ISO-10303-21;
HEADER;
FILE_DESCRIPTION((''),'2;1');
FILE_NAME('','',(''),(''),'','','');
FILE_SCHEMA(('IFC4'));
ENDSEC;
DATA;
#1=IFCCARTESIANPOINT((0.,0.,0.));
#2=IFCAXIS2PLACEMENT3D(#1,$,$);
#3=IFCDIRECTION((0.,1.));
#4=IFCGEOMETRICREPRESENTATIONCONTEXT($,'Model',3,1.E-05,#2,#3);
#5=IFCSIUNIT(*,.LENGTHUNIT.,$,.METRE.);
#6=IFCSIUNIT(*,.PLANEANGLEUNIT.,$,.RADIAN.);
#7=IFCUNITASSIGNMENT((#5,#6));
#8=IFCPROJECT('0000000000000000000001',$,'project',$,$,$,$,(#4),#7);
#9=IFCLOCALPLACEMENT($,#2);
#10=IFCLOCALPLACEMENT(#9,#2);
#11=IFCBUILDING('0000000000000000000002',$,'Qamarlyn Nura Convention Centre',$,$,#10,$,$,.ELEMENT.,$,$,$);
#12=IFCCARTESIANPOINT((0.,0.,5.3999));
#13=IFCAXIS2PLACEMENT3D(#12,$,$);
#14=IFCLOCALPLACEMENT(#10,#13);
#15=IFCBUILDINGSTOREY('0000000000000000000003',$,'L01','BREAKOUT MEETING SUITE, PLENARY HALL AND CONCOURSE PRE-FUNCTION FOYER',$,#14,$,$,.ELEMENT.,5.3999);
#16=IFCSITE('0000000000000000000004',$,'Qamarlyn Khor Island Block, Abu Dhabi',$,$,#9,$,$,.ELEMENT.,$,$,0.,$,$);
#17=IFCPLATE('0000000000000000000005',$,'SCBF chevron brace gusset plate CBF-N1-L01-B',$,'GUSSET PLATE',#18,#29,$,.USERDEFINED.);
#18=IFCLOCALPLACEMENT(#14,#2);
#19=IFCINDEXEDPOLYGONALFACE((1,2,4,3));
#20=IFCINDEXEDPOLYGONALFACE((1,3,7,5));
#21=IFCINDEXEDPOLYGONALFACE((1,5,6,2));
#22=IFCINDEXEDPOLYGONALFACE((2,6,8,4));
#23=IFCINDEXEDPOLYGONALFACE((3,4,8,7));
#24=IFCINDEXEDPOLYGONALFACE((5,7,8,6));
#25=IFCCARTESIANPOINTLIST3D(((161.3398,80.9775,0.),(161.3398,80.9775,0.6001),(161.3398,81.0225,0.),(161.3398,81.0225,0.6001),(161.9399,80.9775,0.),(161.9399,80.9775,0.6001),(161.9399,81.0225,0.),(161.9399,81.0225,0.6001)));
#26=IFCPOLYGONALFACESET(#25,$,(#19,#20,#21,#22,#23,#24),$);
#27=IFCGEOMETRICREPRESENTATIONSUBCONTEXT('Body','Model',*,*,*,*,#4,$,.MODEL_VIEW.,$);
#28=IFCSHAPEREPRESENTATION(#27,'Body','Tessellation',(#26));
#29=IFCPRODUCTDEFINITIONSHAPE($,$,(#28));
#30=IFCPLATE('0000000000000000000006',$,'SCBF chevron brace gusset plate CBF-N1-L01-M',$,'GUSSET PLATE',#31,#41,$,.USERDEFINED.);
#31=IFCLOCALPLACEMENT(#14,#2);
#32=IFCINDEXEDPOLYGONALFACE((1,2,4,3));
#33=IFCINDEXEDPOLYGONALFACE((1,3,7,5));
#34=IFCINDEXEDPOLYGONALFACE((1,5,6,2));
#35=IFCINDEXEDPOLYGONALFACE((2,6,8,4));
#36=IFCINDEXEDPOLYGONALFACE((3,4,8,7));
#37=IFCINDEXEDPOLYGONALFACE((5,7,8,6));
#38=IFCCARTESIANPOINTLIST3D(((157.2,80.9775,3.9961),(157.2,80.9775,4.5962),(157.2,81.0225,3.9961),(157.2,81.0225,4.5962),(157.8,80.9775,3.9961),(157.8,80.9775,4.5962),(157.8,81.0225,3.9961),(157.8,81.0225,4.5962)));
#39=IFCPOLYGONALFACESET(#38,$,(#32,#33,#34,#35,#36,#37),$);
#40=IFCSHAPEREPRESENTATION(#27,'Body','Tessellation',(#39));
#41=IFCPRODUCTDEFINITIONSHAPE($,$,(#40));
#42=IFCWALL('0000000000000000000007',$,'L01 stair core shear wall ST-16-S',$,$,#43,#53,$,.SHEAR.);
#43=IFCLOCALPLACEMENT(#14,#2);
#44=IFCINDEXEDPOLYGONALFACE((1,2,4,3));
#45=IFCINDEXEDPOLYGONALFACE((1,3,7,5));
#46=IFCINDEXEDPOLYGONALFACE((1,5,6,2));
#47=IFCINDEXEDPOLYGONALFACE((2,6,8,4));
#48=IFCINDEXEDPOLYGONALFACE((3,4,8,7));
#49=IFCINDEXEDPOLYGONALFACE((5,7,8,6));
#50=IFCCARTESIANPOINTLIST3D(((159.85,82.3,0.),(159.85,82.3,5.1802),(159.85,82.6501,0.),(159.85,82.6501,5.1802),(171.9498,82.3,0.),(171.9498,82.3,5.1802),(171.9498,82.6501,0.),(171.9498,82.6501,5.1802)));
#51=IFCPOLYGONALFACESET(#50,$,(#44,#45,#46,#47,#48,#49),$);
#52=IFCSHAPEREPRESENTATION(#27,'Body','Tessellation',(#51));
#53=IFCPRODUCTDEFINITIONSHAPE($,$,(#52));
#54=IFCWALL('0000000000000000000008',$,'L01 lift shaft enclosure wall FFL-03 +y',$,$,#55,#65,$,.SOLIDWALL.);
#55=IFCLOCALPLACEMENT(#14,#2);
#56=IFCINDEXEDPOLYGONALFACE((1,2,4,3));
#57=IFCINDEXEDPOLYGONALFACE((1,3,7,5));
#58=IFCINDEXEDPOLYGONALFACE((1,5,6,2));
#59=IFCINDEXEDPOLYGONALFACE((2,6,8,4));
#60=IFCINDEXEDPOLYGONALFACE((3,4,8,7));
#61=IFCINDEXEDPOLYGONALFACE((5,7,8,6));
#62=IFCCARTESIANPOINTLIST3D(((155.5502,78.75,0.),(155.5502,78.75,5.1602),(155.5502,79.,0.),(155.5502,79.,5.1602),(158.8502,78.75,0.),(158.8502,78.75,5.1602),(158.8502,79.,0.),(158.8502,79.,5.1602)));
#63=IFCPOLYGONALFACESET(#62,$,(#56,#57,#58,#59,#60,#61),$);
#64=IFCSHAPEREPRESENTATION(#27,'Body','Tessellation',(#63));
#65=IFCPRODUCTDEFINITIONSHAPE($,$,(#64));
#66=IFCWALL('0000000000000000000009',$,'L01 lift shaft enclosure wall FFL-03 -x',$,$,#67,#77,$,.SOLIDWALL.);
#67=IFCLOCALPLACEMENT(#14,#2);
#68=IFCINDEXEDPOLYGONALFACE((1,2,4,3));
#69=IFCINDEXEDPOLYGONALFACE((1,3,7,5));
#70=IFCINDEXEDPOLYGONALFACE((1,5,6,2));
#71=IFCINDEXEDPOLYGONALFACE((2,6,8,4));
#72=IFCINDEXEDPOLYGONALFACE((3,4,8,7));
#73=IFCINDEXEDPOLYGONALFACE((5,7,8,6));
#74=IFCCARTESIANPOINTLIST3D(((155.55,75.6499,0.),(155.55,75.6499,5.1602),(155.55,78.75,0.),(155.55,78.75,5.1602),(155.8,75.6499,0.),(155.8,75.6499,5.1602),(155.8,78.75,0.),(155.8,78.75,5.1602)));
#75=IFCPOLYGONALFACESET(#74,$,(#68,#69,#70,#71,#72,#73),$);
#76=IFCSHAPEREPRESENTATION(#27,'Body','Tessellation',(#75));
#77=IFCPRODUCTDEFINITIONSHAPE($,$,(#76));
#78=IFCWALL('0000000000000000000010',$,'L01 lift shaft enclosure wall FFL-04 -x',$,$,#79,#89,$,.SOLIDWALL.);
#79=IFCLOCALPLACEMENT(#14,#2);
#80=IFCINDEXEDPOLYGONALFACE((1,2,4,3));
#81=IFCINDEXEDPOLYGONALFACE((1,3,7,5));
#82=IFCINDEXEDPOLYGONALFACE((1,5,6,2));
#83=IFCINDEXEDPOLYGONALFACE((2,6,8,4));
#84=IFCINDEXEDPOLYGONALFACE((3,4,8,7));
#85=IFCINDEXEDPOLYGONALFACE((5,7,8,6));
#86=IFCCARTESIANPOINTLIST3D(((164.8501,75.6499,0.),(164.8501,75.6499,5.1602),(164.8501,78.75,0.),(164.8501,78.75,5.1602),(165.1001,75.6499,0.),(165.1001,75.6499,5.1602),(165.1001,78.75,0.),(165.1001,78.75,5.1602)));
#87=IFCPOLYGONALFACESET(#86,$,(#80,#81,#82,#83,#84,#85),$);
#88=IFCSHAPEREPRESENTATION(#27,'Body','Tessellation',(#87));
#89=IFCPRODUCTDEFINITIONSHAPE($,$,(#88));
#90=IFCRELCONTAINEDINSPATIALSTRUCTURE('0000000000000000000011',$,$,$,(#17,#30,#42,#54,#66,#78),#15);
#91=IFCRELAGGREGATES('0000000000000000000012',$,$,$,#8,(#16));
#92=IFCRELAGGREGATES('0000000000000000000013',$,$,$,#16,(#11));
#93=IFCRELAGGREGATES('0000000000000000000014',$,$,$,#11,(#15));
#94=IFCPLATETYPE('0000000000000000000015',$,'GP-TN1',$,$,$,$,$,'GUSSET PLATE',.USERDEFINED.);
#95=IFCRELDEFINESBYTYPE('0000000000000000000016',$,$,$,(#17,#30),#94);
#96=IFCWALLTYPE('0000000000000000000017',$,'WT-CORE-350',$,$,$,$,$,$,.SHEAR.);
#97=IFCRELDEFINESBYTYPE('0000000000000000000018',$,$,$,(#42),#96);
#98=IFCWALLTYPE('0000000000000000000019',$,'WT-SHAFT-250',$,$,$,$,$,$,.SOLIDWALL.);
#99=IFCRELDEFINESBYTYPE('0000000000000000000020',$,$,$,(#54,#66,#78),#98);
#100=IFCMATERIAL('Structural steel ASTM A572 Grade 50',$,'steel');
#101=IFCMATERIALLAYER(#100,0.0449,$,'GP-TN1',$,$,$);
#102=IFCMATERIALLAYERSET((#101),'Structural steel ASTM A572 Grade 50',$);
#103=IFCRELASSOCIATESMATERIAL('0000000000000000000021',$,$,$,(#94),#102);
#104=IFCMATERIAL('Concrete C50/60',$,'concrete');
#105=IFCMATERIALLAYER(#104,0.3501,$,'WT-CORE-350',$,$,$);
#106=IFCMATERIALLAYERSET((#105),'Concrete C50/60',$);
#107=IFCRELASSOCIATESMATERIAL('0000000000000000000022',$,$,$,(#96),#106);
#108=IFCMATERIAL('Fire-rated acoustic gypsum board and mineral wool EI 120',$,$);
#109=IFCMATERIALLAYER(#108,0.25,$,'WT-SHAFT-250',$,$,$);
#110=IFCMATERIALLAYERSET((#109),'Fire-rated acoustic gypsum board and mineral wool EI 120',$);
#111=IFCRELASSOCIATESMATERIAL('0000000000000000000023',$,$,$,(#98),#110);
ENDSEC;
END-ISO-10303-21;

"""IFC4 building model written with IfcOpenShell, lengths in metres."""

from ifc_helpers import new_model, si_unit, direction, frame, frame_2d, origin, origin_2d, place, context, subcontext, project, spatial, rectangle, extrude, material, layer, layer_set, type_object, element, save


model = new_model("IFC4")

# Units and contexts
model_context = context("Model", 3, precision=1e-05, world=origin(), true_north=direction((0.0, 1.0)))
body_context = subcontext(model_context, "Body", "Model", "MODEL_VIEW")
ifc_project = project(units=[si_unit("LENGTHUNIT", "METRE"), si_unit("PLANEANGLEUNIT", "RADIAN")], contexts=[model_context])

# Site, building, storey
site_placement = place(None, origin())
site = spatial("IfcSite", under=ifc_project, at=site_placement, Name="Qamarlyn Khor Island Block, Abu Dhabi", CompositionType="ELEMENT", RefElevation=0.0)
building_placement = place(site_placement, origin())
building = spatial("IfcBuilding", under=site, at=building_placement, Name="Qamarlyn Nura Convention Centre", CompositionType="ELEMENT")
storey_placement = place(building_placement, frame((0.0, 0.0, 5.3999)))
storey = spatial("IfcBuildingStorey", under=building, at=storey_placement, Name="L01", Description="BREAKOUT MEETING SUITE, PLENARY HALL AND CONCOURSE PRE-FUNCTION FOYER", CompositionType="ELEMENT", Elevation=5.3999)

# Shared definitions
ifc_material_1 = material(Name="Concrete C50/60", Category="concrete")

# Plates
ifc_material_2 = material(Name="Structural steel ASTM A572 Grade 50", Category="steel")
ifc_layer_1 = layer(ifc_material_2, 0.0449, Name="GP-TN1")
ifc_layer_set_1 = layer_set([ifc_layer_1], Name="Structural steel ASTM A572 Grade 50")
plate_type_1 = type_object("IfcPlateType", Name="GP-TN1", ElementType="GUSSET PLATE", PredefinedType="USERDEFINED", material=ifc_layer_set_1)
for number, where, z_axis, x_axis, name in (
    (1, (161.6399, 81.0, 0.0), (0.0, 0.0, 1.0), (1.0, 0.0, 0.0), "SCBF chevron brace gusset plate CBF-N1-L01-B"),
    (2, (157.5, 81.0, 3.9961), (0.0, 0.0, 1.0), (1.0, 0.0, 0.0), "SCBF chevron brace gusset plate CBF-N1-L01-M"),
):
    element("IfcPlate", number, at=place(storey_placement, frame(where, z_axis=z_axis, x_axis=x_axis)), inside=storey, type_object=plate_type_1, Name=name, ObjectType="GUSSET PLATE", PredefinedType="USERDEFINED", context=body_context, shape_type="SweptSolid", body=[
        extrude(rectangle(XDim=0.6001, YDim=0.0449, at=origin_2d()), origin(), (0.0, 0.0, 1.0), 0.6001),
    ])

# Walls
ifc_layer_2 = layer(ifc_material_1, 0.3501, Name="WT-CORE-350")
ifc_layer_set_2 = layer_set([ifc_layer_2], Name="Concrete C50/60")
wall_type_1 = type_object("IfcWallType", Name="WT-CORE-350", PredefinedType="SHEAR", material=ifc_layer_set_2)
wall_1_placement = place(storey_placement, frame((159.8501, 82.4751, 0.0), z_axis=(0.0, 0.0, 1.0), x_axis=(1.0, 0.0, 0.0)))
element("IfcWall", 3, at=wall_1_placement, inside=storey, type_object=wall_type_1, Name="L01 stair core shear wall ST-16-S", PredefinedType="SHEAR", context=body_context, shape_type="SweptSolid", body=[
    extrude(rectangle(XDim=12.0999, YDim=0.3501, at=frame_2d((6.0498, 0.0))), origin(), (0.0, 0.0, 1.0), 5.1802),
])
ifc_material_3 = material(Name="Fire-rated acoustic gypsum board and mineral wool EI 120")
ifc_layer_3 = layer(ifc_material_3, 0.25, Name="WT-SHAFT-250")
ifc_layer_set_3 = layer_set([ifc_layer_3], Name="Fire-rated acoustic gypsum board and mineral wool EI 120")
wall_type_2 = type_object("IfcWallType", Name="WT-SHAFT-250", PredefinedType="SOLIDWALL", material=ifc_layer_set_3)
wall_2_placement = place(storey_placement, frame((158.8501, 78.875, 0.0), z_axis=(0.0, 0.0, 1.0), x_axis=(-1.0, 0.0, 0.0)))
element("IfcWall", 4, at=wall_2_placement, inside=storey, type_object=wall_type_2, Name="L01 lift shaft enclosure wall FFL-03 +y", PredefinedType="SOLIDWALL", context=body_context, shape_type="SweptSolid", body=[
    extrude(rectangle(XDim=3.3, YDim=0.25, at=frame_2d((1.6499, 0.0))), origin(), (0.0, 0.0, 1.0), 5.1602),
])
for number, where, z_axis, x_axis, name in (
    (5, (155.675, 78.75, 0.0), (0.0, 0.0, 1.0), (0.0, -1.0, 0.0), "L01 lift shaft enclosure wall FFL-03 -x"),
    (6, (164.9751, 78.75, 0.0), (0.0, 0.0, 1.0), (0.0, -1.0, 0.0), "L01 lift shaft enclosure wall FFL-04 -x"),
):
    element("IfcWall", number, at=place(storey_placement, frame(where, z_axis=z_axis, x_axis=x_axis)), inside=storey, type_object=wall_type_2, Name=name, PredefinedType="SOLIDWALL", context=body_context, shape_type="SweptSolid", body=[
        extrude(rectangle(XDim=3.1001, YDim=0.25, at=frame_2d((1.55, 0.0))), origin(), (0.0, 0.0, 1.0), 5.1602),
    ])

save(model, "model.ifc")
